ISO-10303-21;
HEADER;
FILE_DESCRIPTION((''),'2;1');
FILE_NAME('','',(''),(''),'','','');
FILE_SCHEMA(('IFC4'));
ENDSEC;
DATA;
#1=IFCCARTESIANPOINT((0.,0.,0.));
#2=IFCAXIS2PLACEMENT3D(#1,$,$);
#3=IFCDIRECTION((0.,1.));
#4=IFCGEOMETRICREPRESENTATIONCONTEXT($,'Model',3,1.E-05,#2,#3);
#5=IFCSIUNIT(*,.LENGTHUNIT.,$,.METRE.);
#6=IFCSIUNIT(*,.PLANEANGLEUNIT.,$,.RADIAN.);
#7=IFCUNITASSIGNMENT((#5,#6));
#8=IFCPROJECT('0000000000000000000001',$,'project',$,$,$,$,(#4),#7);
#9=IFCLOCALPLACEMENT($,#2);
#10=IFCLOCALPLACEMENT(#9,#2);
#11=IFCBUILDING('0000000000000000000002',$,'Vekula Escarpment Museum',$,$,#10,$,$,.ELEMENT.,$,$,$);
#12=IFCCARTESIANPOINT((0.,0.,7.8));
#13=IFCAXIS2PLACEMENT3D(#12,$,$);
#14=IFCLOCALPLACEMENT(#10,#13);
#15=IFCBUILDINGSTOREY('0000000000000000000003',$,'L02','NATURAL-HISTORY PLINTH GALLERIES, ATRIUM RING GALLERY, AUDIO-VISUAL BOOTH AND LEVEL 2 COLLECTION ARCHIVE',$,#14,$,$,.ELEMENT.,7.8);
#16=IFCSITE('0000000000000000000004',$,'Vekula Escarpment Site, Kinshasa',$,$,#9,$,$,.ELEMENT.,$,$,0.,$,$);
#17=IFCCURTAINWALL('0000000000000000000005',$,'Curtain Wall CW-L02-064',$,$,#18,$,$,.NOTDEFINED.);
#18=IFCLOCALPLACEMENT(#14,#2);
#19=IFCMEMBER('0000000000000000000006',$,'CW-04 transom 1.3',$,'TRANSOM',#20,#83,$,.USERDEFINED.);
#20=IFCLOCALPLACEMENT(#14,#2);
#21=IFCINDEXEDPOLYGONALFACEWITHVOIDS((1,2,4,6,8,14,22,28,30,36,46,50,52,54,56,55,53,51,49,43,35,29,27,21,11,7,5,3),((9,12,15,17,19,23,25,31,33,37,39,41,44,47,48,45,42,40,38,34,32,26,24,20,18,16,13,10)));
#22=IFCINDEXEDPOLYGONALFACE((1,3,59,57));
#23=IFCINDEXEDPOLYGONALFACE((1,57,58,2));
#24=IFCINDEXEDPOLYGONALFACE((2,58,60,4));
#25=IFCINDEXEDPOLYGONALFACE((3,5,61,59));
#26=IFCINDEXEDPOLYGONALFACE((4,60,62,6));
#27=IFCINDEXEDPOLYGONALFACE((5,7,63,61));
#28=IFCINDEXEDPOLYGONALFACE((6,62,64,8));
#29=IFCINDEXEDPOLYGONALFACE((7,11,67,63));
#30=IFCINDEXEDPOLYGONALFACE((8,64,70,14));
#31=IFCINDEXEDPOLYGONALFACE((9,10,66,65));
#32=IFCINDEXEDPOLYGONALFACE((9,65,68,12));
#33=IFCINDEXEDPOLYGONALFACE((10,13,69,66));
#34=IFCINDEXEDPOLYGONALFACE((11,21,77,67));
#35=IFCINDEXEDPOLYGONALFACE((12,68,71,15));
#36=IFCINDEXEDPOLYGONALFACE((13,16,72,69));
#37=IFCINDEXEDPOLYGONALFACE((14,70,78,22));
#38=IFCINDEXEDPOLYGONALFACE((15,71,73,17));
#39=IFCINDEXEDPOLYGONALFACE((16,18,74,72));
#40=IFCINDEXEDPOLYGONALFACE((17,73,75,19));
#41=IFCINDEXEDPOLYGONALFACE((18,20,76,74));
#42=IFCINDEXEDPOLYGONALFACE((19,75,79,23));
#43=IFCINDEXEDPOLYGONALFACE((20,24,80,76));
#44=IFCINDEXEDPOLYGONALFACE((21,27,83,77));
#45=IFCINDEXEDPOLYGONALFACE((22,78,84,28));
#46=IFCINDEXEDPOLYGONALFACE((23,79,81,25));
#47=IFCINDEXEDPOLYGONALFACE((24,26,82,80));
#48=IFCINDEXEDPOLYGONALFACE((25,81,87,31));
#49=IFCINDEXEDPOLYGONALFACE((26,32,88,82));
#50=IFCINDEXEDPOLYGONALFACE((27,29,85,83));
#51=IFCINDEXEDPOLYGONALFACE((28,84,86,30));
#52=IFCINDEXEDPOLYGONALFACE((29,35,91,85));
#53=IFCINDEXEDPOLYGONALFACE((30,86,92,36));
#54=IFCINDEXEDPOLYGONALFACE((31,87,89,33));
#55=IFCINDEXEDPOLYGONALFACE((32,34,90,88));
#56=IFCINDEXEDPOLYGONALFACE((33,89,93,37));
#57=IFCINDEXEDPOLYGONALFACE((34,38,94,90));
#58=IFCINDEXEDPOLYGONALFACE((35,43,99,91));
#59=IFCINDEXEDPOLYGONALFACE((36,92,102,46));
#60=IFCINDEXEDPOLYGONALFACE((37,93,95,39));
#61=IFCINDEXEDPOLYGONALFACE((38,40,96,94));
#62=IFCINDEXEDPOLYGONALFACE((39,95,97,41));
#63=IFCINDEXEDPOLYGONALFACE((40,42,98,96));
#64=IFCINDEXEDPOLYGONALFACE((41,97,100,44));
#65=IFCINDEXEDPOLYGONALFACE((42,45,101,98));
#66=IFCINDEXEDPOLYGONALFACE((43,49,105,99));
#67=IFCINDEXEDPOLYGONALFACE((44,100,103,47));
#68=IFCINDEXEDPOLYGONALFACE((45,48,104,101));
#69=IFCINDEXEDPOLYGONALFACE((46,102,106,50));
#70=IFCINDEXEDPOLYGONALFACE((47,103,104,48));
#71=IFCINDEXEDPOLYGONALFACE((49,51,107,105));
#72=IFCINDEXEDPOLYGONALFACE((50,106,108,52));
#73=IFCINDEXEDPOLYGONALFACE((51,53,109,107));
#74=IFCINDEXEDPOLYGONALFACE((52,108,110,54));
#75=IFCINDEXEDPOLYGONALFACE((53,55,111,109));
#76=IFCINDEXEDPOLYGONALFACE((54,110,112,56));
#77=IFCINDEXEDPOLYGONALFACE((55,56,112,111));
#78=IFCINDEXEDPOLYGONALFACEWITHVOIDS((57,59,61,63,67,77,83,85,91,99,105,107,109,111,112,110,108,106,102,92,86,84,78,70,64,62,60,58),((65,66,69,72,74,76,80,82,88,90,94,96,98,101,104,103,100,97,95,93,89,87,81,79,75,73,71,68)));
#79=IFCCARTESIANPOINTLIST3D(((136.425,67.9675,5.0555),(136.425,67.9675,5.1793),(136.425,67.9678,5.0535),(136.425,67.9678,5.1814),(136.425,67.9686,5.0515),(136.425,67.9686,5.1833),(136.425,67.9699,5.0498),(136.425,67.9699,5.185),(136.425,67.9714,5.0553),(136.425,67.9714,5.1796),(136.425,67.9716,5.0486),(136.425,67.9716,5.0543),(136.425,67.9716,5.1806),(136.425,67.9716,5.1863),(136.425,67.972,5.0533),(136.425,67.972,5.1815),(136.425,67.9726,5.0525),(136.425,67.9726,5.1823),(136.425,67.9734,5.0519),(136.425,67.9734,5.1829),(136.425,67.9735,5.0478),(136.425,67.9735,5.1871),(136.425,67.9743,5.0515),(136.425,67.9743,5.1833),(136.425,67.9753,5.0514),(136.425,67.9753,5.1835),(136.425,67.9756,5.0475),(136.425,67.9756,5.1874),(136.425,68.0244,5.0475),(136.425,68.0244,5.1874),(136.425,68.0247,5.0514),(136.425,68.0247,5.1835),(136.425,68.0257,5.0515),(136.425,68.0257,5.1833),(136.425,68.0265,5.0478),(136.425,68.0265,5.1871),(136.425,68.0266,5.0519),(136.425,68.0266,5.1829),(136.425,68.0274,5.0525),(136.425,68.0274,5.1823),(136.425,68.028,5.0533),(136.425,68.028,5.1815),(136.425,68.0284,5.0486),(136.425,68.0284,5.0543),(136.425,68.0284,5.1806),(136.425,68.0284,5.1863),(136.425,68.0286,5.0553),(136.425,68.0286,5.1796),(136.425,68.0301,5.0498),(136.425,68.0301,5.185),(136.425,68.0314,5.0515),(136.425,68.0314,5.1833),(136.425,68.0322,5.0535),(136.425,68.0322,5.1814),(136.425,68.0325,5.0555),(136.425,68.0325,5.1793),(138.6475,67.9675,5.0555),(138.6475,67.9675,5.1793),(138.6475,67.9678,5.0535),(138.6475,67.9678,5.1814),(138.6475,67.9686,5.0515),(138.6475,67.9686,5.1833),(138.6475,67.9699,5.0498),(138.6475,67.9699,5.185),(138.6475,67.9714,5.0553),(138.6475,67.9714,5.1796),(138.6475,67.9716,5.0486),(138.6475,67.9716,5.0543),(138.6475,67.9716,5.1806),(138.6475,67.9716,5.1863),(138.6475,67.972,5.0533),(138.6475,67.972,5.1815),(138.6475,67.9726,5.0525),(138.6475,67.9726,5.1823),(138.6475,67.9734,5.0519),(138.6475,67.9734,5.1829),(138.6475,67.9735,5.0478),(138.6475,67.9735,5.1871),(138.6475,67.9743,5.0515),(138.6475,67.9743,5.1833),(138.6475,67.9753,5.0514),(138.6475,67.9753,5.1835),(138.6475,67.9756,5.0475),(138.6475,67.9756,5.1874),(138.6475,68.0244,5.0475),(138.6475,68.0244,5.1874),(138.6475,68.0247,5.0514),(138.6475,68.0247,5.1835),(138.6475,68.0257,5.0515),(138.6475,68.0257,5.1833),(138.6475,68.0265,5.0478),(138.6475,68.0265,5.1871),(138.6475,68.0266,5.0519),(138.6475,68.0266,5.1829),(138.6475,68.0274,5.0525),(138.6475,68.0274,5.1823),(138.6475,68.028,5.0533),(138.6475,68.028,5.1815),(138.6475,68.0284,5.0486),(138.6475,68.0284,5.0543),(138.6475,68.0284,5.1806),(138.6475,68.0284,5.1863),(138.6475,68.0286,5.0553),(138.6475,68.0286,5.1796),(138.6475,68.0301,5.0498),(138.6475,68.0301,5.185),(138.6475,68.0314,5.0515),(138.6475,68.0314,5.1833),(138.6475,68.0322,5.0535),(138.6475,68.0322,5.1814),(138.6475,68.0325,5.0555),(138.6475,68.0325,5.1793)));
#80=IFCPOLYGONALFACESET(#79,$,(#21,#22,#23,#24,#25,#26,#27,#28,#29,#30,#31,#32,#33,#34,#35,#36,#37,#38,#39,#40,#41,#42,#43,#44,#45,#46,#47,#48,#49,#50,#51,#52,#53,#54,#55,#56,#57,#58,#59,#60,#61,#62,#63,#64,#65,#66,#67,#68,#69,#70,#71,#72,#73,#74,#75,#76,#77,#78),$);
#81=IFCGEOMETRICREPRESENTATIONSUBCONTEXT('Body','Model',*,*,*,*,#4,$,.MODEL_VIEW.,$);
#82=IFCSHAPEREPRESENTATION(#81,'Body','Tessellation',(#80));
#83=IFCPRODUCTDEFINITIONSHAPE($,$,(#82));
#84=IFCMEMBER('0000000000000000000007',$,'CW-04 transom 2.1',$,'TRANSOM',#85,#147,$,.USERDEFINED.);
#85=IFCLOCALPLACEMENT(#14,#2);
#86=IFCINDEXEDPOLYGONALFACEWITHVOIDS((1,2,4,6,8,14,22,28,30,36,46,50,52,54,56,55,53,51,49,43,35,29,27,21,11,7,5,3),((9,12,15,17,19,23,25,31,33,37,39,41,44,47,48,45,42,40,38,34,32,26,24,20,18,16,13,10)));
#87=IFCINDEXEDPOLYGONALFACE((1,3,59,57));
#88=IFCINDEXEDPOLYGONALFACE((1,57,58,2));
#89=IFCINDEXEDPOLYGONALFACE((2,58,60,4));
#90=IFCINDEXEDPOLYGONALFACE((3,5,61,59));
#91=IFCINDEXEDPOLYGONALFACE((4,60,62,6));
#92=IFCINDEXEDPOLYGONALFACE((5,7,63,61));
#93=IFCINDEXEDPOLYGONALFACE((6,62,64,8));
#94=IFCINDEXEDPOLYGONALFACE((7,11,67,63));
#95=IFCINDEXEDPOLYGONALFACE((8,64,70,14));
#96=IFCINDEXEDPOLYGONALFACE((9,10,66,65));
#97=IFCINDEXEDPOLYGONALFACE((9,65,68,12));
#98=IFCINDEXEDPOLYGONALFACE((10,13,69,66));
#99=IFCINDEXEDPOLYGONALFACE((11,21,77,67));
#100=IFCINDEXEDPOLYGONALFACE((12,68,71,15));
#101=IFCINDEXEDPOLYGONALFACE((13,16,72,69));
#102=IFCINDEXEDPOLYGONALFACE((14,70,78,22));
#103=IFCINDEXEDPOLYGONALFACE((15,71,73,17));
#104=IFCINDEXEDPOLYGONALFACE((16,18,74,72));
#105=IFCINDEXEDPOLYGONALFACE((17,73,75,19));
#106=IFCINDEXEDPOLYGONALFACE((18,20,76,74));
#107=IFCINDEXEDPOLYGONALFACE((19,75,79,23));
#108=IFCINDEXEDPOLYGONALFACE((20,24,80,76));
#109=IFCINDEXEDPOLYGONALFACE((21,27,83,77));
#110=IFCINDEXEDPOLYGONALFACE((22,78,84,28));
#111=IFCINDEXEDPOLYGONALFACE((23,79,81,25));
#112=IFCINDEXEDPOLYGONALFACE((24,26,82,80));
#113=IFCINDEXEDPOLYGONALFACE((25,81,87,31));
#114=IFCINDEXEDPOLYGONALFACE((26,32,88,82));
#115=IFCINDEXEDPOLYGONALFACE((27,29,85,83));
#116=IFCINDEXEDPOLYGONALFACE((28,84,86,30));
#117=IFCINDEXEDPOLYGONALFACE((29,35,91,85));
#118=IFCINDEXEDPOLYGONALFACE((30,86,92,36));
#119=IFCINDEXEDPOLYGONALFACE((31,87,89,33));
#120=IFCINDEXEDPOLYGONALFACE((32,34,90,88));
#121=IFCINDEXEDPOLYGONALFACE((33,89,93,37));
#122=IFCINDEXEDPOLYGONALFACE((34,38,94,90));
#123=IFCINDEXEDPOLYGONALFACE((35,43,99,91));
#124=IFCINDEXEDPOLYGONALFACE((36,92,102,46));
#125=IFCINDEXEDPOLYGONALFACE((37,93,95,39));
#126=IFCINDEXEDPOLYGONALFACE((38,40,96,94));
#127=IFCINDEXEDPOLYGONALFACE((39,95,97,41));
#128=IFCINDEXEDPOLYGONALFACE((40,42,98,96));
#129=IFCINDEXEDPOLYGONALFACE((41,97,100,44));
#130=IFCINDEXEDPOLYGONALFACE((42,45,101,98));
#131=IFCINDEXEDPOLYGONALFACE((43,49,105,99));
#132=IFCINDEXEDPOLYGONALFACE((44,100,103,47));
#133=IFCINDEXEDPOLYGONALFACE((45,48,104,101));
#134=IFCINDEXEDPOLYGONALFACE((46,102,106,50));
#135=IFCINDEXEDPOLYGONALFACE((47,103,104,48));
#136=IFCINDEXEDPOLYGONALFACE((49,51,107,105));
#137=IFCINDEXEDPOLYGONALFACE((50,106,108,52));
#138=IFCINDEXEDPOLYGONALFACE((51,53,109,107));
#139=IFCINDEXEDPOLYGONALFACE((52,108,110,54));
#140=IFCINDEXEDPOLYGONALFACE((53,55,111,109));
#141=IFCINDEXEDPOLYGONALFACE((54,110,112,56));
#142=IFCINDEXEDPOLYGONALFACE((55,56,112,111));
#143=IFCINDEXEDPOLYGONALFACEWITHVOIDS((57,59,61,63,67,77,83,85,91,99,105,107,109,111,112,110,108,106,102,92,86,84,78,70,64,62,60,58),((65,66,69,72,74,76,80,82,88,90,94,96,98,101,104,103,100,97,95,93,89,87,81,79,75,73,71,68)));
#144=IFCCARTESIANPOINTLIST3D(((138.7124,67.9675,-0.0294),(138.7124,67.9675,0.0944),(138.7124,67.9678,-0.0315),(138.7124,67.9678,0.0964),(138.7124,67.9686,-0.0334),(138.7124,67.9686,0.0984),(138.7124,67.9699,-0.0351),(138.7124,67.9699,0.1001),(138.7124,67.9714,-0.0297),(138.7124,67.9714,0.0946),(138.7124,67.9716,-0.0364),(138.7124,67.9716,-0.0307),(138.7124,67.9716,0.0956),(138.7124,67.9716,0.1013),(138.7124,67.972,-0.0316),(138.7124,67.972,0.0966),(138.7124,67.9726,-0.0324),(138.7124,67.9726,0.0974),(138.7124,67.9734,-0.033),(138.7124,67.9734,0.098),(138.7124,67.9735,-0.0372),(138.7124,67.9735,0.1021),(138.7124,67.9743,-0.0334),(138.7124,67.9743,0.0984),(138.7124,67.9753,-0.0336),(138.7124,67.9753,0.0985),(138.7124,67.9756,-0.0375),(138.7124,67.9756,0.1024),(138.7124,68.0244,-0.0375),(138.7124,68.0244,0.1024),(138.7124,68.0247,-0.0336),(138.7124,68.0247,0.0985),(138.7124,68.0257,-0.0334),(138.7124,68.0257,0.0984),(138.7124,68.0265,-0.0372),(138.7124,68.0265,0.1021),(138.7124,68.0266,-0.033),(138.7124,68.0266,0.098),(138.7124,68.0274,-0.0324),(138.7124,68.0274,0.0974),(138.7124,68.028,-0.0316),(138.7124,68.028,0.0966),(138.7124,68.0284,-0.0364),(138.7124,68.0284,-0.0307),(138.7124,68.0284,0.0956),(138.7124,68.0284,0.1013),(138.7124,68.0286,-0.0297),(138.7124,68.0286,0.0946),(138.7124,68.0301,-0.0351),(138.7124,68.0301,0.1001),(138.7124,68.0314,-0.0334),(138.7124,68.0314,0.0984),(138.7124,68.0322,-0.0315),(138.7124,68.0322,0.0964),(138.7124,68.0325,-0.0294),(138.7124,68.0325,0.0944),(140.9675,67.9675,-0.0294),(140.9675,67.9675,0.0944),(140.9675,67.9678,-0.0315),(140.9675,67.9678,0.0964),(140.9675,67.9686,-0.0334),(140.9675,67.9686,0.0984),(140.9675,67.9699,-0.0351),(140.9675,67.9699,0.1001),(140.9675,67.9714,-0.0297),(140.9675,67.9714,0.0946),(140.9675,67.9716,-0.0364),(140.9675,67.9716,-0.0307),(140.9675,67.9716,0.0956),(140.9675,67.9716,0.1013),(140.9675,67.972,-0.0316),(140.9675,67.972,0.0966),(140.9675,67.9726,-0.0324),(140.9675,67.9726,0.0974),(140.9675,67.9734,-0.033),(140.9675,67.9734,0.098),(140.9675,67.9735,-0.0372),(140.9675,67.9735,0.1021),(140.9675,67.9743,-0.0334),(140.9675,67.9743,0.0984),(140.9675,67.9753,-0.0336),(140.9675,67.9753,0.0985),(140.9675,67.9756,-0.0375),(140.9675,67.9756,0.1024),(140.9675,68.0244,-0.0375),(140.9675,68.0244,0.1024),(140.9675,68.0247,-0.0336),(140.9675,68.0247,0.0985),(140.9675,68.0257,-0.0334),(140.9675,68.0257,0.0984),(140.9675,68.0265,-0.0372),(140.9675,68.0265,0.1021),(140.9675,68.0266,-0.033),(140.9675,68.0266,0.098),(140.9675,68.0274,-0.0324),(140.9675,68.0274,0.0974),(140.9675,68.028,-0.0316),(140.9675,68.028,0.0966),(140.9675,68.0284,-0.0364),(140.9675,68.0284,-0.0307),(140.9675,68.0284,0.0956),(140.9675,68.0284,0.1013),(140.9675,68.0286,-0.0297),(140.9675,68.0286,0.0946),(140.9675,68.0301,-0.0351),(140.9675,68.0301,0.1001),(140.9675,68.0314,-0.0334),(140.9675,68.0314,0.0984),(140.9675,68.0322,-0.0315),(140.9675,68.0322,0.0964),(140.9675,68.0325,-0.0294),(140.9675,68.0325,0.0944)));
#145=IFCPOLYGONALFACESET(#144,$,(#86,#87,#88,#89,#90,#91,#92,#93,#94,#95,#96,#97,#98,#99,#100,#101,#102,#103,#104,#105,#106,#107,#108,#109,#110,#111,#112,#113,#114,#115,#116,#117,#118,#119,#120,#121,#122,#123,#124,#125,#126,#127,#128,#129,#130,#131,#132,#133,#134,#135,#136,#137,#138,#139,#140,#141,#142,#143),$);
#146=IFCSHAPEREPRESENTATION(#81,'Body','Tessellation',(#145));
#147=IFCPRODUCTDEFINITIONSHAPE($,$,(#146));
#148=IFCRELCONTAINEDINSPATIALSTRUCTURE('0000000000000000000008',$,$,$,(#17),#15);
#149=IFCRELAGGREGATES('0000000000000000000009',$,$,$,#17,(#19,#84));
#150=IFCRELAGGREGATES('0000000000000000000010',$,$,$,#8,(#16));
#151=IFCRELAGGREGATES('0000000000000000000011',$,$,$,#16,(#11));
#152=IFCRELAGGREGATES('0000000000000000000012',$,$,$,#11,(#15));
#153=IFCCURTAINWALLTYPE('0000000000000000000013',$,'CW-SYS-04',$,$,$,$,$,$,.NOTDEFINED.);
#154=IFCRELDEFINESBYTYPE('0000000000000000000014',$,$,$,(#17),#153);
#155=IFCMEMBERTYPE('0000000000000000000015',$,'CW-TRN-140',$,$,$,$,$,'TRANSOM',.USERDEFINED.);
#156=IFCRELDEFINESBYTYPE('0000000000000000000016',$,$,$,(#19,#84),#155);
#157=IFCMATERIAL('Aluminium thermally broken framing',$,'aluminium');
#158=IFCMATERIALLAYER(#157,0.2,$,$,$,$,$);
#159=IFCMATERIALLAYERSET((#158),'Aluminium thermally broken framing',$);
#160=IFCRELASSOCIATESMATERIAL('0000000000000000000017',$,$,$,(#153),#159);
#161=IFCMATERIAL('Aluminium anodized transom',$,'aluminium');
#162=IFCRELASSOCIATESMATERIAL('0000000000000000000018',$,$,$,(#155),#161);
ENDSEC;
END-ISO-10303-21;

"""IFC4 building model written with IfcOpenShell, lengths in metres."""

from ifc_helpers import new_model, si_unit, direction, frame, origin, origin_2d, place, context, subcontext, project, spatial, hollow_rectangle, extrude, material, layer, layer_set, material_profile, profile_set, type_object, element, aggregate, save


model = new_model("IFC4")

# Units and contexts
model_context = context("Model", 3, precision=1e-05, world=origin(), true_north=direction((0.0, 1.0)))
body_context = subcontext(model_context, "Body", "Model", "MODEL_VIEW")
ifc_project = project(units=[si_unit("LENGTHUNIT", "METRE"), si_unit("PLANEANGLEUNIT", "RADIAN")], contexts=[model_context])

# Site, building, storey
site_placement = place(None, origin())
site = spatial("IfcSite", under=ifc_project, at=site_placement, Name="Vekula Escarpment Site, Kinshasa", CompositionType="ELEMENT", RefElevation=0.0)
building_placement = place(site_placement, origin())
building = spatial("IfcBuilding", under=site, at=building_placement, Name="Vekula Escarpment Museum", CompositionType="ELEMENT")
storey_placement = place(building_placement, frame((0.0, 0.0, 7.8)))
storey = spatial("IfcBuildingStorey", under=building, at=storey_placement, Name="L02", Description="NATURAL-HISTORY PLINTH GALLERIES, ATRIUM RING GALLERY, AUDIO-VISUAL BOOTH AND LEVEL 2 COLLECTION ARCHIVE", CompositionType="ELEMENT", Elevation=7.8)

# Curtain wall, members
ifc_material_1 = material(Name="Aluminium thermally broken framing", Category="aluminium")
ifc_layer_1 = layer(ifc_material_1, 0.2)
ifc_layer_set_1 = layer_set([ifc_layer_1], Name="Aluminium thermally broken framing")
curtain_wall_type = type_object("IfcCurtainWallType", Name="CW-SYS-04", PredefinedType="NOTDEFINED", material=ifc_layer_set_1)
curtain_wall_placement = place(storey_placement, origin())
curtain_wall = element("IfcCurtainWall", 1, at=curtain_wall_placement, inside=storey, type_object=curtain_wall_type, Name="Curtain Wall CW-L02-064", PredefinedType="NOTDEFINED")
ifc_material_2 = material(Name="Aluminium anodized transom", Category="aluminium")
ifc_material_profile_1 = material_profile(ifc_material_2, hollow_rectangle(XDim=0.0649, YDim=0.1399, WallThickness=0.0039, InnerFilletRadius=0.0039, OuterFilletRadius=0.0081, at=origin_2d()), Name="ALU 140x65x4")
ifc_profile_set_1 = profile_set([ifc_material_profile_1], Name="Aluminium anodized transom")
member_type_1 = type_object("IfcMemberType", Name="CW-TRN-140", ElementType="TRANSOM", PredefinedType="USERDEFINED", material=ifc_profile_set_1)
member_1_placement = place(storey_placement, frame((136.425, 68.0, 5.1174), z_axis=(1.0, 0.0, 0.0), x_axis=(0.0, 1.0, 0.0)))
member_1 = element("IfcMember", 2, at=member_1_placement, type_object=member_type_1, Name="CW-04 transom 1.3", ObjectType="TRANSOM", PredefinedType="USERDEFINED", context=body_context, shape_type="SweptSolid", body=[
    extrude(hollow_rectangle(XDim=0.0649, YDim=0.1399, WallThickness=0.0039, InnerFilletRadius=0.0039, OuterFilletRadius=0.0081, at=origin_2d()), origin(), (0.0, 0.0, 1.0), 2.2224),
])
member_2_placement = place(storey_placement, frame((138.7124, 68.0, 0.0325), z_axis=(1.0, 0.0, 0.0), x_axis=(0.0, 1.0, 0.0)))
member_2 = element("IfcMember", 3, at=member_2_placement, type_object=member_type_1, Name="CW-04 transom 2.1", ObjectType="TRANSOM", PredefinedType="USERDEFINED", context=body_context, shape_type="SweptSolid", body=[
    extrude(hollow_rectangle(XDim=0.0649, YDim=0.1399, WallThickness=0.0039, InnerFilletRadius=0.0039, OuterFilletRadius=0.0081, at=origin_2d()), origin(), (0.0, 0.0, 1.0), 2.2551),
])
aggregate(curtain_wall, [member_1, member_2])

save(model, "model.ifc")
